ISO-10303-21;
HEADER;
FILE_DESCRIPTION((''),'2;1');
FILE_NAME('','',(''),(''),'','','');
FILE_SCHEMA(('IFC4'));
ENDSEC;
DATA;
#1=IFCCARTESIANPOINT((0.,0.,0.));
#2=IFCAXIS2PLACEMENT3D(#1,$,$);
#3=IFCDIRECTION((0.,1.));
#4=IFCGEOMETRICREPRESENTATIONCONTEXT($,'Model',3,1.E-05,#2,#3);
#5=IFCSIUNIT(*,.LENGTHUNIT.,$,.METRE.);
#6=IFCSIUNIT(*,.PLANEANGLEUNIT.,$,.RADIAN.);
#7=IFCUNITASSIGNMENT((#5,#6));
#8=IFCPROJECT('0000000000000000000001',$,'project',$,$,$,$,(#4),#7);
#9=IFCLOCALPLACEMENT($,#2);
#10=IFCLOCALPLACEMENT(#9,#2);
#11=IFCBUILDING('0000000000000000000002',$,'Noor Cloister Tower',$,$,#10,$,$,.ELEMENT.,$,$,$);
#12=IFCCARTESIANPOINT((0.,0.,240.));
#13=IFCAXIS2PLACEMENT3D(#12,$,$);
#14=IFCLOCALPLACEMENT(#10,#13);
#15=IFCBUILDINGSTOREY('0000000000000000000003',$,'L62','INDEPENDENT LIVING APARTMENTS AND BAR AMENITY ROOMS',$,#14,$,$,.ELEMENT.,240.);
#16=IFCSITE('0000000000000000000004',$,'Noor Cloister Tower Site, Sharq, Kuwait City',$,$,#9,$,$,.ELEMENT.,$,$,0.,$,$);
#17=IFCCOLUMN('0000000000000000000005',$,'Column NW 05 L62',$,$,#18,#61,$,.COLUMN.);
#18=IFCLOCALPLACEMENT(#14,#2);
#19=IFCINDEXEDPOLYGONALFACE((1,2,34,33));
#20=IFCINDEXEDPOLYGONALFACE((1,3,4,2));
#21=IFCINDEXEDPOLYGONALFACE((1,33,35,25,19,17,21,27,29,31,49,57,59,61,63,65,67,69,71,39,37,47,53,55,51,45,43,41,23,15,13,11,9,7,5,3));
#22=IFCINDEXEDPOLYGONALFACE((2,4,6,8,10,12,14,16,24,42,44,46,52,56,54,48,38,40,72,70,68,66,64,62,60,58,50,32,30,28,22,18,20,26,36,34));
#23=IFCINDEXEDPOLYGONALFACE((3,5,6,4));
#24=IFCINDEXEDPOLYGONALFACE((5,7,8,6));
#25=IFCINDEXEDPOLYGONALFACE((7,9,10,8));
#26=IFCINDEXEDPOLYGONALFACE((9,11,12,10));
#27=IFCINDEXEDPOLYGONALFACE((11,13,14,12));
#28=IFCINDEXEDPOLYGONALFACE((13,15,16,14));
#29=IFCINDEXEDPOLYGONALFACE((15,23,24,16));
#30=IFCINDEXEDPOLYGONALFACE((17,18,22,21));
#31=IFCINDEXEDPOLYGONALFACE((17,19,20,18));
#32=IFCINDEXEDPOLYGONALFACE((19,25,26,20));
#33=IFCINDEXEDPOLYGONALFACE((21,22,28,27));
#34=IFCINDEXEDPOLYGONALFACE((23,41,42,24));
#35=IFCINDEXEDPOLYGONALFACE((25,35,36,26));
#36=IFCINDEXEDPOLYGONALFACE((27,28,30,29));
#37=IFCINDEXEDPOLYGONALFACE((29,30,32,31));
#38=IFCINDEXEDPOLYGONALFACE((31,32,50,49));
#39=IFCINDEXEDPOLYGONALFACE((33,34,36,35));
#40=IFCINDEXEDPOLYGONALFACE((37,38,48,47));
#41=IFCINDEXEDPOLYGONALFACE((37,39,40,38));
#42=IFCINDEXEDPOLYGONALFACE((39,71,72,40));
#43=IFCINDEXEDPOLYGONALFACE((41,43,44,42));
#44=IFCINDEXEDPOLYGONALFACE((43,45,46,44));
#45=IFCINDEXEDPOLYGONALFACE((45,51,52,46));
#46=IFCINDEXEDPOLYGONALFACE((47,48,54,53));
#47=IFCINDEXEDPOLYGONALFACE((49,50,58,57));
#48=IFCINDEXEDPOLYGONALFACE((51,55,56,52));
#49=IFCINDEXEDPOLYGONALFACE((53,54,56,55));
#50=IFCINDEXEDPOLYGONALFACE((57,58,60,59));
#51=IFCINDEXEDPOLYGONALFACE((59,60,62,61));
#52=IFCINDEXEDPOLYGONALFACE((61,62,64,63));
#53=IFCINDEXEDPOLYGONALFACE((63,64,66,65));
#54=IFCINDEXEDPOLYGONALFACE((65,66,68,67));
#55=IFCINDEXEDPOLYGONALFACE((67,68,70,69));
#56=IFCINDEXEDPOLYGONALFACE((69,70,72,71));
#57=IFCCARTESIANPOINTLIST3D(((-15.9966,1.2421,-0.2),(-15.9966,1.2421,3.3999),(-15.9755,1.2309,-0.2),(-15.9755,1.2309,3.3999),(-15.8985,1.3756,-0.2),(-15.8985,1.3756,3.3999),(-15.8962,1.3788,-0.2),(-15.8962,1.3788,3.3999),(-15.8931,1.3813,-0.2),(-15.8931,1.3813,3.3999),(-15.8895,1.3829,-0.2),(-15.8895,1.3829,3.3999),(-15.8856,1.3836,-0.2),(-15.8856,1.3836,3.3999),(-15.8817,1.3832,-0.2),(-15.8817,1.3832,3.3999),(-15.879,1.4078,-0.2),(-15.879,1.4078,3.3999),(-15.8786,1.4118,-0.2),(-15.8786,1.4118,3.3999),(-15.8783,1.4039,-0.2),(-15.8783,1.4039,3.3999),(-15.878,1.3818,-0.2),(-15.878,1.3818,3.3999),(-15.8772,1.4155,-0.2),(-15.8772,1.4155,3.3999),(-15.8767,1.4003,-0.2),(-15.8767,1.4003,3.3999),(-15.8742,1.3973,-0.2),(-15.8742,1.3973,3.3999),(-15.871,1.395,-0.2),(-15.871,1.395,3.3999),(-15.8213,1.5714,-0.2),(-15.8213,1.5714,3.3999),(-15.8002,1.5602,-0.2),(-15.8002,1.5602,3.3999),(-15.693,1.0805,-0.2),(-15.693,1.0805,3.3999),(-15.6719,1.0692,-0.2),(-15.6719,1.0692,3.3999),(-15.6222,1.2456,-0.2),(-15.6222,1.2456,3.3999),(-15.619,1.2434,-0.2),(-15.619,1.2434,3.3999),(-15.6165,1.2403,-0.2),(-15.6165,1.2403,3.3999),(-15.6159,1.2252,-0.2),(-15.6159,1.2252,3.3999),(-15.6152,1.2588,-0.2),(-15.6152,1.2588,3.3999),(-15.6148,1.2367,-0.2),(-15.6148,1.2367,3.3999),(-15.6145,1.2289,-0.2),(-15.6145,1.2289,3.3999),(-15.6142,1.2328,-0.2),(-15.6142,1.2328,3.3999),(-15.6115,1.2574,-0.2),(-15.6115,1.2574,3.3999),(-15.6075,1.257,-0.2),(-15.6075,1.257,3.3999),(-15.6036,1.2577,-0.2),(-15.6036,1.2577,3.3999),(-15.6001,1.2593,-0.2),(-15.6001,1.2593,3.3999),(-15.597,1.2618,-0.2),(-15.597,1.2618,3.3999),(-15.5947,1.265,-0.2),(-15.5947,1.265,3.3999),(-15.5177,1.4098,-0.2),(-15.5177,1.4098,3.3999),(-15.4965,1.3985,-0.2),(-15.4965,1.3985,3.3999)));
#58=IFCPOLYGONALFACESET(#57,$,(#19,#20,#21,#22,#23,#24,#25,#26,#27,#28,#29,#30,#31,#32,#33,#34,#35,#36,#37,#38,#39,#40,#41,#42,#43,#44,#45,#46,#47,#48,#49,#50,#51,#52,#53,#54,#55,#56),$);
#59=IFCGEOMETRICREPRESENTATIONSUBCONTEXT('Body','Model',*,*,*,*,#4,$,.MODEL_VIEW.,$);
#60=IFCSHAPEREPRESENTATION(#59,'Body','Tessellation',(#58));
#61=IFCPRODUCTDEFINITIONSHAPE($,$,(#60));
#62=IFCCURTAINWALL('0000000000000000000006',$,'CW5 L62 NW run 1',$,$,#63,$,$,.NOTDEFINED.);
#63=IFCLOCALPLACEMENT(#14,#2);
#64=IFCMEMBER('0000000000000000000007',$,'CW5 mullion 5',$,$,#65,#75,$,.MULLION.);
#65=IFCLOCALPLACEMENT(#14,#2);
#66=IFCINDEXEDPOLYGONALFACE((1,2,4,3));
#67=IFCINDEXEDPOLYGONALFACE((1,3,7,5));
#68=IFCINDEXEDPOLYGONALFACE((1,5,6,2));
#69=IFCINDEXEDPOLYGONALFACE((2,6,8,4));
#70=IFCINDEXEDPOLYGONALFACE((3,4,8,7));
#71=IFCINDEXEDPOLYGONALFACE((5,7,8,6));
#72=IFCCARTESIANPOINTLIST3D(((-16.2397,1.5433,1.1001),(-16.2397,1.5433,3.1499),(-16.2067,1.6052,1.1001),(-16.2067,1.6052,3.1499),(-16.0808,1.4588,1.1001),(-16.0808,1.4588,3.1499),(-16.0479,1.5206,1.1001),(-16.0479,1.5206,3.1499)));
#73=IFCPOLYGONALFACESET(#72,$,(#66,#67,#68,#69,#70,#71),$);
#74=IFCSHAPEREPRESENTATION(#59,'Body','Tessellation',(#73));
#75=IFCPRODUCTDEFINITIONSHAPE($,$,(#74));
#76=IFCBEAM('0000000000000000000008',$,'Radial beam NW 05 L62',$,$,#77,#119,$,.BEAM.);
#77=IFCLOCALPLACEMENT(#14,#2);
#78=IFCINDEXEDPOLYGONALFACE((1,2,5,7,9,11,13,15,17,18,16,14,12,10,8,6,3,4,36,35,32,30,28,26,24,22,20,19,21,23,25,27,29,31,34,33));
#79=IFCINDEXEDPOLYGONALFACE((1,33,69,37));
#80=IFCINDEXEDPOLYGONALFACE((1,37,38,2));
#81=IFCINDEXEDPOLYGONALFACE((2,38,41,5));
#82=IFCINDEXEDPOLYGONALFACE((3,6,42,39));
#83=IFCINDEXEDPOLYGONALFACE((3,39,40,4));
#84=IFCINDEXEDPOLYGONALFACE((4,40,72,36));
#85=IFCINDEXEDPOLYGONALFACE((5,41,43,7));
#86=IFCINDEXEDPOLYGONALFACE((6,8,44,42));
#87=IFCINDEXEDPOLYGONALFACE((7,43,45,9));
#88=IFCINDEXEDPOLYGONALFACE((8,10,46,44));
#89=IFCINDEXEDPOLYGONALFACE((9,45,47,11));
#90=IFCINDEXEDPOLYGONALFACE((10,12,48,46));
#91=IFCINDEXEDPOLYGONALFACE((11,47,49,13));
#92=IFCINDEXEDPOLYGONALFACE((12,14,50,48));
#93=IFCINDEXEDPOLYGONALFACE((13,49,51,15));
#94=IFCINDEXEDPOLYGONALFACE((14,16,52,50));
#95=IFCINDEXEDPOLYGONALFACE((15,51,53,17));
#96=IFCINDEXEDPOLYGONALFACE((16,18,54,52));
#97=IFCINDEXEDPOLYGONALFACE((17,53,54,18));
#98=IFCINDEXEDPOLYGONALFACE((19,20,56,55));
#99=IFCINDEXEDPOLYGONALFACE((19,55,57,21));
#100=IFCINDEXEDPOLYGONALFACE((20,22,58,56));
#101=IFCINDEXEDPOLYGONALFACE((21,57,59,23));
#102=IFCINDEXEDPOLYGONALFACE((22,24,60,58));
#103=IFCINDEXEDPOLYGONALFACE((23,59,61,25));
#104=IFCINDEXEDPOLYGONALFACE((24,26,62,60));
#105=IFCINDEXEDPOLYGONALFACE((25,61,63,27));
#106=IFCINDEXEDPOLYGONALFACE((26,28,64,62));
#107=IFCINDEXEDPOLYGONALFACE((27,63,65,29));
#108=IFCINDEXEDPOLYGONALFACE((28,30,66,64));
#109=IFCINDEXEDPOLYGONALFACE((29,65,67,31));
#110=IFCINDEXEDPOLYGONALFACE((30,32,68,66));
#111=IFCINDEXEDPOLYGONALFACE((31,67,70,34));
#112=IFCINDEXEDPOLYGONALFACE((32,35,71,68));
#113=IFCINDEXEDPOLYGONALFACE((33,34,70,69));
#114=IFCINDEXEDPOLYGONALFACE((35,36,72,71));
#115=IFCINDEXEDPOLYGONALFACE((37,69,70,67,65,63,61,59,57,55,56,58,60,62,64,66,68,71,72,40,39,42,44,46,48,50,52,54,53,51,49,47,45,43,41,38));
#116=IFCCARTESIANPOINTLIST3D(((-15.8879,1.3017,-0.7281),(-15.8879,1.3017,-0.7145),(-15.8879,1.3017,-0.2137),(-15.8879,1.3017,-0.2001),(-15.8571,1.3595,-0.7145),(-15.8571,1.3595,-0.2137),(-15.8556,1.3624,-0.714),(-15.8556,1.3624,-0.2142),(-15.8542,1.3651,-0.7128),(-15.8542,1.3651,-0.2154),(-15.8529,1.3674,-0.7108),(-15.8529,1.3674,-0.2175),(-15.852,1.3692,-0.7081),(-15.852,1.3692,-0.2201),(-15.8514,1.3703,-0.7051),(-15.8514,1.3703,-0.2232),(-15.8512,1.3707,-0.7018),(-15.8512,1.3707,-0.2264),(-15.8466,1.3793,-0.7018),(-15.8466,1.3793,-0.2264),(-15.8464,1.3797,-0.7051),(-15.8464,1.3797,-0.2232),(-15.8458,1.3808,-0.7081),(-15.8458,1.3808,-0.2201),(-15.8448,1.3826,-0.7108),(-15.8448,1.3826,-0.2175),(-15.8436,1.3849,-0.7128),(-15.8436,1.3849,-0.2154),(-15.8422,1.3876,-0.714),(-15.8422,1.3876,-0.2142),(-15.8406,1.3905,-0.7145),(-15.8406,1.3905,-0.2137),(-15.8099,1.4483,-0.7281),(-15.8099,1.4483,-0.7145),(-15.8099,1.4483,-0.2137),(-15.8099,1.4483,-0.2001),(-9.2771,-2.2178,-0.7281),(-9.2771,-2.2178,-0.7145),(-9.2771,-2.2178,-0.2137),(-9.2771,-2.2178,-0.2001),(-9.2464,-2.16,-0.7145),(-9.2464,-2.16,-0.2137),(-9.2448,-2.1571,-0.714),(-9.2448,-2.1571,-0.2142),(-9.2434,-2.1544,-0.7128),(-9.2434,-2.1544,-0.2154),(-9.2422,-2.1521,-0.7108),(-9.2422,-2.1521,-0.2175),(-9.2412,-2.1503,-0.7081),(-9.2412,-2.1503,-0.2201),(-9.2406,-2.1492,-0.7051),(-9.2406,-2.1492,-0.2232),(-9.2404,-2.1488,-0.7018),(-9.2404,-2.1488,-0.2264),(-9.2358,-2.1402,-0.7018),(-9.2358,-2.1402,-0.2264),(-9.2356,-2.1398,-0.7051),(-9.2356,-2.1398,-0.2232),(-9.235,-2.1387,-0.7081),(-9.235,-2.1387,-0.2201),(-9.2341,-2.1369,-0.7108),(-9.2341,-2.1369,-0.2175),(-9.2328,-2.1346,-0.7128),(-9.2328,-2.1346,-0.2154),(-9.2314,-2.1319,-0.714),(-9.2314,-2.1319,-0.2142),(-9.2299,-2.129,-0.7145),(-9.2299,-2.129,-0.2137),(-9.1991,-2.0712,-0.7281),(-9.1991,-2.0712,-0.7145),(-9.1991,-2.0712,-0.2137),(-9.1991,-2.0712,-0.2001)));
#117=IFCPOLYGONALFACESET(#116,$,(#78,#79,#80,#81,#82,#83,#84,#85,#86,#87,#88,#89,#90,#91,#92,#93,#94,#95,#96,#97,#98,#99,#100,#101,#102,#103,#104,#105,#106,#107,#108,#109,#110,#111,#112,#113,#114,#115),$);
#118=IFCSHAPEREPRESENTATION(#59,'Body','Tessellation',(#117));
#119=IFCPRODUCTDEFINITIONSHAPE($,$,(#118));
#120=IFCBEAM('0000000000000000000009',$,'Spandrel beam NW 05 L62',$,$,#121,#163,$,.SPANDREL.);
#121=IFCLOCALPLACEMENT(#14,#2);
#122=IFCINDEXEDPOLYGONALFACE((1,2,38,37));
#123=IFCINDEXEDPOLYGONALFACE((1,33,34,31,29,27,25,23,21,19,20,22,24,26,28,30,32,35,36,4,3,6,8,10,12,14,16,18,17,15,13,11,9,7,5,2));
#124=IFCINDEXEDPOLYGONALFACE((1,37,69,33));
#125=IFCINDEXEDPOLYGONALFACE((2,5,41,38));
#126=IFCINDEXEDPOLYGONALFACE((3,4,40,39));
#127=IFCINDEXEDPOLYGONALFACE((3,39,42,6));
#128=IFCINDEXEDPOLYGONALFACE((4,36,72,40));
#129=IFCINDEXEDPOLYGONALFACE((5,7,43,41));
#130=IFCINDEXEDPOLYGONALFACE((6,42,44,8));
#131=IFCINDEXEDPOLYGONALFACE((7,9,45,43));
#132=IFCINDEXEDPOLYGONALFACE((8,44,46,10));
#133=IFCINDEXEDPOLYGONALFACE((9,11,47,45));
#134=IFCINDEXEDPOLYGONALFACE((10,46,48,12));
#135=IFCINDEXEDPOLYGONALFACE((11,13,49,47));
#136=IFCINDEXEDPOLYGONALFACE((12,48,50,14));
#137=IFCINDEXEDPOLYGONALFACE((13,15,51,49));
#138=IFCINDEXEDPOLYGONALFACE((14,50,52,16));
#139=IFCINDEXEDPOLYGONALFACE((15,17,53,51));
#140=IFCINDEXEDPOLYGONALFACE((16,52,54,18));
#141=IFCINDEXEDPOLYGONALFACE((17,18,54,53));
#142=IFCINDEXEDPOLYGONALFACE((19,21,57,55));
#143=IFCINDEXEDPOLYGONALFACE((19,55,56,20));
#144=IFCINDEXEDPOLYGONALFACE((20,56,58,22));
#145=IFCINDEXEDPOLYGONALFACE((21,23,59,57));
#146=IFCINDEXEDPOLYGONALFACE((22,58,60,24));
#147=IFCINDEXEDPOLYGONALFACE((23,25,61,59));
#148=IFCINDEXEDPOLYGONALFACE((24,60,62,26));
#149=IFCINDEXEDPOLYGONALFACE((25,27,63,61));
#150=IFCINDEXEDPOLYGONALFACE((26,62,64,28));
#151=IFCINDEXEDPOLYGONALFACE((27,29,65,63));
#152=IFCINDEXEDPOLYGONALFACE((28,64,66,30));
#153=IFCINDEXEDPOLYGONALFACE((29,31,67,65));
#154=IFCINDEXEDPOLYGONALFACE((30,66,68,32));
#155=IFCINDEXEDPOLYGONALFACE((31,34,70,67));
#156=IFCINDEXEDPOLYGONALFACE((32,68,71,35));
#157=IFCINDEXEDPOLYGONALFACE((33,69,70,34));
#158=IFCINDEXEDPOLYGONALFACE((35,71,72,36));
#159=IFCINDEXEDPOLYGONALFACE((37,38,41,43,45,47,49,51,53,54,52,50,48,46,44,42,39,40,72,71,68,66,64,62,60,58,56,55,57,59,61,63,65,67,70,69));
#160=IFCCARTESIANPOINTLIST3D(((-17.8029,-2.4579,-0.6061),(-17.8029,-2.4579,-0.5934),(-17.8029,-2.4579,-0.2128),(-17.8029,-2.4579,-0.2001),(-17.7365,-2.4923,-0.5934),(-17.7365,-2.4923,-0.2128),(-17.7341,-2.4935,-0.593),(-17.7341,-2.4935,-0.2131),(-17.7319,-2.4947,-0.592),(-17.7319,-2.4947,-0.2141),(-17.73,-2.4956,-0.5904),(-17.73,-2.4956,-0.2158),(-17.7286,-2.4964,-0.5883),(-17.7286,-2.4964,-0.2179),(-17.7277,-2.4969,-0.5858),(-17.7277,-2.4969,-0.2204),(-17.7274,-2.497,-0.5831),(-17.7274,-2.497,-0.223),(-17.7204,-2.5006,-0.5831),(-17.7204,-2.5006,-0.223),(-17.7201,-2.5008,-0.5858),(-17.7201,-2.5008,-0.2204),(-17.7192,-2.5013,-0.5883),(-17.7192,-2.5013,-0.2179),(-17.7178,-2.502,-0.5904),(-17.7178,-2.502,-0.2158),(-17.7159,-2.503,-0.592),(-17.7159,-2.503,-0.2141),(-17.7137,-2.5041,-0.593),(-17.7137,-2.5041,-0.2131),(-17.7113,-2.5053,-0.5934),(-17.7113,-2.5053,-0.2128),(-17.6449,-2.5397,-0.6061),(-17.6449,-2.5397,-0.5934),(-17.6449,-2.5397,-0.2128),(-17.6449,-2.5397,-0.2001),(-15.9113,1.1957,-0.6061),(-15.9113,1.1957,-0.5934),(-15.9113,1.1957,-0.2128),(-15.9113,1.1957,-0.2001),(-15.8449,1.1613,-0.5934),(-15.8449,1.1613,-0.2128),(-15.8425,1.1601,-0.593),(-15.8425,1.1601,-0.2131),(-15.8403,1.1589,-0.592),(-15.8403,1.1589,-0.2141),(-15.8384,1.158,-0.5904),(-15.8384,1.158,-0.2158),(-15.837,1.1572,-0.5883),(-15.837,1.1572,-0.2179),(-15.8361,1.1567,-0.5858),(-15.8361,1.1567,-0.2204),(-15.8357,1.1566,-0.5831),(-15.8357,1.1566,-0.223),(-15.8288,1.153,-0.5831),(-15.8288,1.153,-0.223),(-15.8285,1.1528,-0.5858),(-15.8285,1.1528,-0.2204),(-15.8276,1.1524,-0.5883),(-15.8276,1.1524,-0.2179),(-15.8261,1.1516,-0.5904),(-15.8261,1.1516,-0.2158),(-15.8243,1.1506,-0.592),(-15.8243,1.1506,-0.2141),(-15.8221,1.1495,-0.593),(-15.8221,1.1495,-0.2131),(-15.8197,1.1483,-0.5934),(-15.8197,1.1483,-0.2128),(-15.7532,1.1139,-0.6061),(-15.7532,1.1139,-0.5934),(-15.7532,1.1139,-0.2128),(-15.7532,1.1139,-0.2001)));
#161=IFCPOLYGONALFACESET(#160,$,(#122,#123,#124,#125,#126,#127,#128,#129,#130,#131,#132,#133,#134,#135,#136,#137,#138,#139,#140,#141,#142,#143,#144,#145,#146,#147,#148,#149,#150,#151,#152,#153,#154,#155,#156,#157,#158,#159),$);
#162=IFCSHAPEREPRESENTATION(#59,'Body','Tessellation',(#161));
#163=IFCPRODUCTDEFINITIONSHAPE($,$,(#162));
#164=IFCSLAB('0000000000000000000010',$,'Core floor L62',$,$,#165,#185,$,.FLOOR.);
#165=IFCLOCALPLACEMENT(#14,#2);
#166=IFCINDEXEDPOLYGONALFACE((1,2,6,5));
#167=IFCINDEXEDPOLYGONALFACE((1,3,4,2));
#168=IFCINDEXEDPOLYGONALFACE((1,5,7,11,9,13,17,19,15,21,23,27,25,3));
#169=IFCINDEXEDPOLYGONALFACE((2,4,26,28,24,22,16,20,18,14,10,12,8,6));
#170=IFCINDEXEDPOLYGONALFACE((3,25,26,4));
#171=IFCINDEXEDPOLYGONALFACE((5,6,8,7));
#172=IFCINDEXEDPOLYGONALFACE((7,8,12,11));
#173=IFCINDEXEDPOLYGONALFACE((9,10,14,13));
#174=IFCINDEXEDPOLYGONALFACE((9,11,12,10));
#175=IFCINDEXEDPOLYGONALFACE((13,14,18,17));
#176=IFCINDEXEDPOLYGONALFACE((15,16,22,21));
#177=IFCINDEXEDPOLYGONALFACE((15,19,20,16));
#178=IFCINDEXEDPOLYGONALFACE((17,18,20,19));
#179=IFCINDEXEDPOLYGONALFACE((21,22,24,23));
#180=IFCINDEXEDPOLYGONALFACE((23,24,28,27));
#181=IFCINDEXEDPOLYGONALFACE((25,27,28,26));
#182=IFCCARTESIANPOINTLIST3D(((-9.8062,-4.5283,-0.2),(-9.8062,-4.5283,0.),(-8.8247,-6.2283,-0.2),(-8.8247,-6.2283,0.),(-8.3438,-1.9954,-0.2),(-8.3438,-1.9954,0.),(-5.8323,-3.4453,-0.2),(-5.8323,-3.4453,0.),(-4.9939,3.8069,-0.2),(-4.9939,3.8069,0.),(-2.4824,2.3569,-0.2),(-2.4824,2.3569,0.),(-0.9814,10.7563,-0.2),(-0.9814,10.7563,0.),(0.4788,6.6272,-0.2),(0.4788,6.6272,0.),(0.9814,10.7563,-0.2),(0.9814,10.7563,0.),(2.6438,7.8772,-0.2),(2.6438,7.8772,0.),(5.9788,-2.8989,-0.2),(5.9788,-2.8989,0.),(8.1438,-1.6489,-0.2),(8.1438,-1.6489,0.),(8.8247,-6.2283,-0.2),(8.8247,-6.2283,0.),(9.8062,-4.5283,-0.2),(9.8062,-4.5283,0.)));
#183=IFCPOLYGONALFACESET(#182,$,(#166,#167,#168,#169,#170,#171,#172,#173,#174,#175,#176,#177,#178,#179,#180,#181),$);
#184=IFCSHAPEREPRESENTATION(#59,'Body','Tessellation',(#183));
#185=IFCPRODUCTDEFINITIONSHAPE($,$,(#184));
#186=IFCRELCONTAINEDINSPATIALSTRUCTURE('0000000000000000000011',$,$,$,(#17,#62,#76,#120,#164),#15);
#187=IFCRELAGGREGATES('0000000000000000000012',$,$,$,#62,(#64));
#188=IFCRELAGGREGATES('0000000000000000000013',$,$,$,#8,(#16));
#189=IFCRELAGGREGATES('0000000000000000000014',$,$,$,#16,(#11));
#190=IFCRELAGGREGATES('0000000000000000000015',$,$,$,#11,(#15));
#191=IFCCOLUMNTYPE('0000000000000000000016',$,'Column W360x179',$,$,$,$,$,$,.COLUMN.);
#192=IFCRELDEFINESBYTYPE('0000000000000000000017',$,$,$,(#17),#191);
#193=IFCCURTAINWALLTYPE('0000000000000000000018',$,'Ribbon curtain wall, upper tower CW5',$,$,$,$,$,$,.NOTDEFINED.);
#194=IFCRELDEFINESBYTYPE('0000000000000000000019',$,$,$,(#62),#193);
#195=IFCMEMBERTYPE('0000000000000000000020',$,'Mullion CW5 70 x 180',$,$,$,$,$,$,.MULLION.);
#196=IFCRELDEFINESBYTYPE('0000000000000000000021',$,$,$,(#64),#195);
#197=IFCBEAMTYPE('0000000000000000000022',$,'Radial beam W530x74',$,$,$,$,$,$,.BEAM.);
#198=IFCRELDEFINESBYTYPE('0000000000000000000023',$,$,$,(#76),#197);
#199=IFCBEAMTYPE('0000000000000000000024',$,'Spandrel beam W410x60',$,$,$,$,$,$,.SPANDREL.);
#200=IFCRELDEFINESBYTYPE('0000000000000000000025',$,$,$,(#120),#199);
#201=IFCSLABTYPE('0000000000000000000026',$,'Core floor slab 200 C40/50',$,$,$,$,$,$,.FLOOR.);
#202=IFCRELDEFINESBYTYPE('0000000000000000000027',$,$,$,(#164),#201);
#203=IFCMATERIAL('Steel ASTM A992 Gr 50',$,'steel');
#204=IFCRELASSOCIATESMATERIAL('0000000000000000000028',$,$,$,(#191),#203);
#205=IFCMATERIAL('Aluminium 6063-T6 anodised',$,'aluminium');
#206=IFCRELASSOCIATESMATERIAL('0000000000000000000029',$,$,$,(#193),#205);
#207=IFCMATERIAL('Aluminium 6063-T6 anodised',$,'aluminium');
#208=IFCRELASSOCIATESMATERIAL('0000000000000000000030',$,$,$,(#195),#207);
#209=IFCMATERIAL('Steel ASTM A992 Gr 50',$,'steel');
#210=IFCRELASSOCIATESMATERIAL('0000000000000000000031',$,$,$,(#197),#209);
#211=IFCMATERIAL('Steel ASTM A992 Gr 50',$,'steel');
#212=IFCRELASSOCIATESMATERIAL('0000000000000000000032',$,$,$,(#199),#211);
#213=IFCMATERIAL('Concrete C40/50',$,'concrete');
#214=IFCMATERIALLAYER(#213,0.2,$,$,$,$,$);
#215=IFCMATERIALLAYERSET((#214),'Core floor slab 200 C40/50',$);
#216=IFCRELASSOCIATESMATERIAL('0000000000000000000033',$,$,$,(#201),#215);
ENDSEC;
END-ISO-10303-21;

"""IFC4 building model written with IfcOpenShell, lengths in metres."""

from ifc_helpers import new_model, si_unit, direction, frame, origin, origin_2d, place, context, subcontext, project, spatial, polyline, rectangle, i_section, outline, extrude, material, layer, layer_set, material_profile, profile_set, type_object, element, aggregate, save


model = new_model("IFC4")

# Units and contexts
model_context = context("Model", 3, precision=1e-05, world=origin(), true_north=direction((0.0, 1.0)))
body_context = subcontext(model_context, "Body", "Model", "MODEL_VIEW")
ifc_project = project(units=[si_unit("LENGTHUNIT", "METRE"), si_unit("PLANEANGLEUNIT", "RADIAN")], contexts=[model_context])

# Site, building, storey
site_placement = place(None, origin())
site = spatial("IfcSite", under=ifc_project, at=site_placement, Name="Noor Cloister Tower Site, Sharq, Kuwait City", CompositionType="ELEMENT", RefElevation=0.0)
building_placement = place(site_placement, origin())
building = spatial("IfcBuilding", under=site, at=building_placement, Name="Noor Cloister Tower", CompositionType="ELEMENT")
storey_placement = place(building_placement, frame((0.0, 0.0, 240.0)))
storey = spatial("IfcBuildingStorey", under=building, at=storey_placement, Name="L62", Description="INDEPENDENT LIVING APARTMENTS AND BAR AMENITY ROOMS", CompositionType="ELEMENT", Elevation=240.0)

# Column
ifc_material_1 = material(Name="Steel ASTM A992 Gr 50", Category="steel")
ifc_material_profile_1 = material_profile(ifc_material_1, i_section(OverallWidth=0.373, OverallDepth=0.3679, WebThickness=0.0149, FlangeThickness=0.0239, FilletRadius=0.0151, at=origin_2d()), Name="W360x179")
ifc_profile_set_1 = profile_set([ifc_material_profile_1], Name="Steel ASTM A992 Gr 50")
column_type = type_object("IfcColumnType", Name="Column W360x179", PredefinedType="COLUMN", material=ifc_profile_set_1)
column_placement = place(storey_placement, frame((-15.7466, 1.3203, -0.2), z_axis=(0.0, 0.0, 1.0), x_axis=(-0.469927, -0.882705, 0.0)))
element("IfcColumn", 1, at=column_placement, inside=storey, type_object=column_type, Name="Column NW 05 L62", PredefinedType="COLUMN", context=body_context, shape_type="SweptSolid", body=[
    extrude(i_section(OverallWidth=0.373, OverallDepth=0.3679, WebThickness=0.0149, FlangeThickness=0.0239, FilletRadius=0.0151, at=origin_2d()), origin(), (0.0, 0.0, 1.0), 3.5999),
])

# Curtain wall, member
ifc_material_2 = material(Name="Aluminium 6063-T6 anodised", Category="aluminium")
curtain_wall_type = type_object("IfcCurtainWallType", Name="Ribbon curtain wall, upper tower CW5", PredefinedType="NOTDEFINED", material=ifc_material_2)
curtain_wall_placement = place(storey_placement, origin())
curtain_wall = element("IfcCurtainWall", 2, at=curtain_wall_placement, inside=storey, type_object=curtain_wall_type, Name="CW5 L62 NW run 1", PredefinedType="NOTDEFINED")
ifc_material_3 = material(Name="Aluminium 6063-T6 anodised", Category="aluminium")
ifc_material_profile_2 = material_profile(ifc_material_3, rectangle(XDim=0.1799, YDim=0.0701, at=origin_2d()), Name="180 x 70 mullion")
ifc_profile_set_2 = profile_set([ifc_material_profile_2], Name="Aluminium 6063-T6 anodised")
member_type = type_object("IfcMemberType", Name="Mullion CW5 70 x 180", PredefinedType="MULLION", material=ifc_profile_set_2)
member_placement = place(storey_placement, frame((-16.1438, 1.532, 1.1001), z_axis=(0.0, 0.0, 1.0), x_axis=(0.882705, -0.469927, 0.0)))
member = element("IfcMember", 3, at=member_placement, type_object=member_type, Name="CW5 mullion 5", PredefinedType="MULLION", context=body_context, shape_type="SweptSolid", body=[
    extrude(rectangle(XDim=0.1799, YDim=0.0701, at=origin_2d()), origin(), (0.0, 0.0, 1.0), 2.0498),
])

# Beams
ifc_material_4 = material(Name="Steel ASTM A992 Gr 50", Category="steel")
ifc_material_profile_3 = material_profile(ifc_material_4, i_section(OverallWidth=0.166, OverallDepth=0.5281, WebThickness=0.0098, FlangeThickness=0.0137, FilletRadius=0.0127, at=origin_2d()), Name="W530x74")
ifc_profile_set_3 = profile_set([ifc_material_profile_3], Name="Steel ASTM A992 Gr 50")
beam_type_1 = type_object("IfcBeamType", Name="Radial beam W530x74", PredefinedType="BEAM", material=ifc_profile_set_3)
beam_1_placement = place(storey_placement, frame((-15.8489, 1.375, -0.4641), z_axis=(0.882699, -0.469938, 0.0), x_axis=(0.469938, 0.882699, 0.0)))
element("IfcBeam", 4, at=beam_1_placement, inside=storey, type_object=beam_type_1, Name="Radial beam NW 05 L62", PredefinedType="BEAM", context=body_context, shape_type="SweptSolid", body=[
    extrude(i_section(OverallWidth=0.166, OverallDepth=0.5281, WebThickness=0.0098, FlangeThickness=0.0137, FilletRadius=0.0127, at=origin_2d()), origin(), (0.0, 0.0, 1.0), 7.4893),
])
ifc_material_5 = material(Name="Steel ASTM A992 Gr 50", Category="steel")
ifc_material_profile_4 = material_profile(ifc_material_5, i_section(OverallWidth=0.178, OverallDepth=0.406, WebThickness=0.0078, FlangeThickness=0.0127, FilletRadius=0.0103, at=origin_2d()), Name="W410x60")
ifc_profile_set_4 = profile_set([ifc_material_profile_4], Name="Steel ASTM A992 Gr 50")
beam_type_2 = type_object("IfcBeamType", Name="Spandrel beam W410x60", PredefinedType="SPANDREL", material=ifc_profile_set_4)
beam_2_placement = place(storey_placement, frame((-15.8323, 1.1548, -0.4031), z_axis=(-0.459773, -0.888036, 0.0), x_axis=(0.888036, -0.459773, 0.0)))
element("IfcBeam", 5, at=beam_2_placement, inside=storey, type_object=beam_type_2, Name="Spandrel beam NW 05 L62", PredefinedType="SPANDREL", context=body_context, shape_type="SweptSolid", body=[
    extrude(i_section(OverallWidth=0.178, OverallDepth=0.406, WebThickness=0.0078, FlangeThickness=0.0127, FilletRadius=0.0103, at=origin_2d()), origin(), (0.0, 0.0, 1.0), 4.1143),
])

# Slab
ifc_material_6 = material(Name="Concrete C40/50", Category="concrete")
ifc_layer_1 = layer(ifc_material_6, 0.2)
ifc_layer_set_1 = layer_set([ifc_layer_1], Name="Core floor slab 200 C40/50")
slab_type_1 = type_object("IfcSlabType", Name="Core floor slab 200 C40/50", PredefinedType="FLOOR", material=ifc_layer_set_1)
slab_1_placement = place(storey_placement, frame((0.0, 0.0, -0.2)))
element("IfcSlab", 6, at=slab_1_placement, inside=storey, type_object=slab_type_1, Name="Core floor L62", PredefinedType="FLOOR", context=body_context, shape_type="SweptSolid", body=[
    extrude(outline(polyline([(2.6438, 7.8772), (0.9814, 10.7563), (-0.9814, 10.7563), (-4.9939, 3.8069), (-2.4824, 2.3569), (-5.8323, -3.4453), (-8.3438, -1.9954), (-9.8062, -4.5283), (-8.8247, -6.2283), (8.8247, -6.2283), (9.8062, -4.5283), (8.1438, -1.6489), (5.9788, -2.8989), (0.4788, 6.6272), (2.6438, 7.8772)])), origin(), (0.0, 0.0, 1.0), 0.2),
])

aggregate(curtain_wall, [member])

save(model, "model.ifc")
